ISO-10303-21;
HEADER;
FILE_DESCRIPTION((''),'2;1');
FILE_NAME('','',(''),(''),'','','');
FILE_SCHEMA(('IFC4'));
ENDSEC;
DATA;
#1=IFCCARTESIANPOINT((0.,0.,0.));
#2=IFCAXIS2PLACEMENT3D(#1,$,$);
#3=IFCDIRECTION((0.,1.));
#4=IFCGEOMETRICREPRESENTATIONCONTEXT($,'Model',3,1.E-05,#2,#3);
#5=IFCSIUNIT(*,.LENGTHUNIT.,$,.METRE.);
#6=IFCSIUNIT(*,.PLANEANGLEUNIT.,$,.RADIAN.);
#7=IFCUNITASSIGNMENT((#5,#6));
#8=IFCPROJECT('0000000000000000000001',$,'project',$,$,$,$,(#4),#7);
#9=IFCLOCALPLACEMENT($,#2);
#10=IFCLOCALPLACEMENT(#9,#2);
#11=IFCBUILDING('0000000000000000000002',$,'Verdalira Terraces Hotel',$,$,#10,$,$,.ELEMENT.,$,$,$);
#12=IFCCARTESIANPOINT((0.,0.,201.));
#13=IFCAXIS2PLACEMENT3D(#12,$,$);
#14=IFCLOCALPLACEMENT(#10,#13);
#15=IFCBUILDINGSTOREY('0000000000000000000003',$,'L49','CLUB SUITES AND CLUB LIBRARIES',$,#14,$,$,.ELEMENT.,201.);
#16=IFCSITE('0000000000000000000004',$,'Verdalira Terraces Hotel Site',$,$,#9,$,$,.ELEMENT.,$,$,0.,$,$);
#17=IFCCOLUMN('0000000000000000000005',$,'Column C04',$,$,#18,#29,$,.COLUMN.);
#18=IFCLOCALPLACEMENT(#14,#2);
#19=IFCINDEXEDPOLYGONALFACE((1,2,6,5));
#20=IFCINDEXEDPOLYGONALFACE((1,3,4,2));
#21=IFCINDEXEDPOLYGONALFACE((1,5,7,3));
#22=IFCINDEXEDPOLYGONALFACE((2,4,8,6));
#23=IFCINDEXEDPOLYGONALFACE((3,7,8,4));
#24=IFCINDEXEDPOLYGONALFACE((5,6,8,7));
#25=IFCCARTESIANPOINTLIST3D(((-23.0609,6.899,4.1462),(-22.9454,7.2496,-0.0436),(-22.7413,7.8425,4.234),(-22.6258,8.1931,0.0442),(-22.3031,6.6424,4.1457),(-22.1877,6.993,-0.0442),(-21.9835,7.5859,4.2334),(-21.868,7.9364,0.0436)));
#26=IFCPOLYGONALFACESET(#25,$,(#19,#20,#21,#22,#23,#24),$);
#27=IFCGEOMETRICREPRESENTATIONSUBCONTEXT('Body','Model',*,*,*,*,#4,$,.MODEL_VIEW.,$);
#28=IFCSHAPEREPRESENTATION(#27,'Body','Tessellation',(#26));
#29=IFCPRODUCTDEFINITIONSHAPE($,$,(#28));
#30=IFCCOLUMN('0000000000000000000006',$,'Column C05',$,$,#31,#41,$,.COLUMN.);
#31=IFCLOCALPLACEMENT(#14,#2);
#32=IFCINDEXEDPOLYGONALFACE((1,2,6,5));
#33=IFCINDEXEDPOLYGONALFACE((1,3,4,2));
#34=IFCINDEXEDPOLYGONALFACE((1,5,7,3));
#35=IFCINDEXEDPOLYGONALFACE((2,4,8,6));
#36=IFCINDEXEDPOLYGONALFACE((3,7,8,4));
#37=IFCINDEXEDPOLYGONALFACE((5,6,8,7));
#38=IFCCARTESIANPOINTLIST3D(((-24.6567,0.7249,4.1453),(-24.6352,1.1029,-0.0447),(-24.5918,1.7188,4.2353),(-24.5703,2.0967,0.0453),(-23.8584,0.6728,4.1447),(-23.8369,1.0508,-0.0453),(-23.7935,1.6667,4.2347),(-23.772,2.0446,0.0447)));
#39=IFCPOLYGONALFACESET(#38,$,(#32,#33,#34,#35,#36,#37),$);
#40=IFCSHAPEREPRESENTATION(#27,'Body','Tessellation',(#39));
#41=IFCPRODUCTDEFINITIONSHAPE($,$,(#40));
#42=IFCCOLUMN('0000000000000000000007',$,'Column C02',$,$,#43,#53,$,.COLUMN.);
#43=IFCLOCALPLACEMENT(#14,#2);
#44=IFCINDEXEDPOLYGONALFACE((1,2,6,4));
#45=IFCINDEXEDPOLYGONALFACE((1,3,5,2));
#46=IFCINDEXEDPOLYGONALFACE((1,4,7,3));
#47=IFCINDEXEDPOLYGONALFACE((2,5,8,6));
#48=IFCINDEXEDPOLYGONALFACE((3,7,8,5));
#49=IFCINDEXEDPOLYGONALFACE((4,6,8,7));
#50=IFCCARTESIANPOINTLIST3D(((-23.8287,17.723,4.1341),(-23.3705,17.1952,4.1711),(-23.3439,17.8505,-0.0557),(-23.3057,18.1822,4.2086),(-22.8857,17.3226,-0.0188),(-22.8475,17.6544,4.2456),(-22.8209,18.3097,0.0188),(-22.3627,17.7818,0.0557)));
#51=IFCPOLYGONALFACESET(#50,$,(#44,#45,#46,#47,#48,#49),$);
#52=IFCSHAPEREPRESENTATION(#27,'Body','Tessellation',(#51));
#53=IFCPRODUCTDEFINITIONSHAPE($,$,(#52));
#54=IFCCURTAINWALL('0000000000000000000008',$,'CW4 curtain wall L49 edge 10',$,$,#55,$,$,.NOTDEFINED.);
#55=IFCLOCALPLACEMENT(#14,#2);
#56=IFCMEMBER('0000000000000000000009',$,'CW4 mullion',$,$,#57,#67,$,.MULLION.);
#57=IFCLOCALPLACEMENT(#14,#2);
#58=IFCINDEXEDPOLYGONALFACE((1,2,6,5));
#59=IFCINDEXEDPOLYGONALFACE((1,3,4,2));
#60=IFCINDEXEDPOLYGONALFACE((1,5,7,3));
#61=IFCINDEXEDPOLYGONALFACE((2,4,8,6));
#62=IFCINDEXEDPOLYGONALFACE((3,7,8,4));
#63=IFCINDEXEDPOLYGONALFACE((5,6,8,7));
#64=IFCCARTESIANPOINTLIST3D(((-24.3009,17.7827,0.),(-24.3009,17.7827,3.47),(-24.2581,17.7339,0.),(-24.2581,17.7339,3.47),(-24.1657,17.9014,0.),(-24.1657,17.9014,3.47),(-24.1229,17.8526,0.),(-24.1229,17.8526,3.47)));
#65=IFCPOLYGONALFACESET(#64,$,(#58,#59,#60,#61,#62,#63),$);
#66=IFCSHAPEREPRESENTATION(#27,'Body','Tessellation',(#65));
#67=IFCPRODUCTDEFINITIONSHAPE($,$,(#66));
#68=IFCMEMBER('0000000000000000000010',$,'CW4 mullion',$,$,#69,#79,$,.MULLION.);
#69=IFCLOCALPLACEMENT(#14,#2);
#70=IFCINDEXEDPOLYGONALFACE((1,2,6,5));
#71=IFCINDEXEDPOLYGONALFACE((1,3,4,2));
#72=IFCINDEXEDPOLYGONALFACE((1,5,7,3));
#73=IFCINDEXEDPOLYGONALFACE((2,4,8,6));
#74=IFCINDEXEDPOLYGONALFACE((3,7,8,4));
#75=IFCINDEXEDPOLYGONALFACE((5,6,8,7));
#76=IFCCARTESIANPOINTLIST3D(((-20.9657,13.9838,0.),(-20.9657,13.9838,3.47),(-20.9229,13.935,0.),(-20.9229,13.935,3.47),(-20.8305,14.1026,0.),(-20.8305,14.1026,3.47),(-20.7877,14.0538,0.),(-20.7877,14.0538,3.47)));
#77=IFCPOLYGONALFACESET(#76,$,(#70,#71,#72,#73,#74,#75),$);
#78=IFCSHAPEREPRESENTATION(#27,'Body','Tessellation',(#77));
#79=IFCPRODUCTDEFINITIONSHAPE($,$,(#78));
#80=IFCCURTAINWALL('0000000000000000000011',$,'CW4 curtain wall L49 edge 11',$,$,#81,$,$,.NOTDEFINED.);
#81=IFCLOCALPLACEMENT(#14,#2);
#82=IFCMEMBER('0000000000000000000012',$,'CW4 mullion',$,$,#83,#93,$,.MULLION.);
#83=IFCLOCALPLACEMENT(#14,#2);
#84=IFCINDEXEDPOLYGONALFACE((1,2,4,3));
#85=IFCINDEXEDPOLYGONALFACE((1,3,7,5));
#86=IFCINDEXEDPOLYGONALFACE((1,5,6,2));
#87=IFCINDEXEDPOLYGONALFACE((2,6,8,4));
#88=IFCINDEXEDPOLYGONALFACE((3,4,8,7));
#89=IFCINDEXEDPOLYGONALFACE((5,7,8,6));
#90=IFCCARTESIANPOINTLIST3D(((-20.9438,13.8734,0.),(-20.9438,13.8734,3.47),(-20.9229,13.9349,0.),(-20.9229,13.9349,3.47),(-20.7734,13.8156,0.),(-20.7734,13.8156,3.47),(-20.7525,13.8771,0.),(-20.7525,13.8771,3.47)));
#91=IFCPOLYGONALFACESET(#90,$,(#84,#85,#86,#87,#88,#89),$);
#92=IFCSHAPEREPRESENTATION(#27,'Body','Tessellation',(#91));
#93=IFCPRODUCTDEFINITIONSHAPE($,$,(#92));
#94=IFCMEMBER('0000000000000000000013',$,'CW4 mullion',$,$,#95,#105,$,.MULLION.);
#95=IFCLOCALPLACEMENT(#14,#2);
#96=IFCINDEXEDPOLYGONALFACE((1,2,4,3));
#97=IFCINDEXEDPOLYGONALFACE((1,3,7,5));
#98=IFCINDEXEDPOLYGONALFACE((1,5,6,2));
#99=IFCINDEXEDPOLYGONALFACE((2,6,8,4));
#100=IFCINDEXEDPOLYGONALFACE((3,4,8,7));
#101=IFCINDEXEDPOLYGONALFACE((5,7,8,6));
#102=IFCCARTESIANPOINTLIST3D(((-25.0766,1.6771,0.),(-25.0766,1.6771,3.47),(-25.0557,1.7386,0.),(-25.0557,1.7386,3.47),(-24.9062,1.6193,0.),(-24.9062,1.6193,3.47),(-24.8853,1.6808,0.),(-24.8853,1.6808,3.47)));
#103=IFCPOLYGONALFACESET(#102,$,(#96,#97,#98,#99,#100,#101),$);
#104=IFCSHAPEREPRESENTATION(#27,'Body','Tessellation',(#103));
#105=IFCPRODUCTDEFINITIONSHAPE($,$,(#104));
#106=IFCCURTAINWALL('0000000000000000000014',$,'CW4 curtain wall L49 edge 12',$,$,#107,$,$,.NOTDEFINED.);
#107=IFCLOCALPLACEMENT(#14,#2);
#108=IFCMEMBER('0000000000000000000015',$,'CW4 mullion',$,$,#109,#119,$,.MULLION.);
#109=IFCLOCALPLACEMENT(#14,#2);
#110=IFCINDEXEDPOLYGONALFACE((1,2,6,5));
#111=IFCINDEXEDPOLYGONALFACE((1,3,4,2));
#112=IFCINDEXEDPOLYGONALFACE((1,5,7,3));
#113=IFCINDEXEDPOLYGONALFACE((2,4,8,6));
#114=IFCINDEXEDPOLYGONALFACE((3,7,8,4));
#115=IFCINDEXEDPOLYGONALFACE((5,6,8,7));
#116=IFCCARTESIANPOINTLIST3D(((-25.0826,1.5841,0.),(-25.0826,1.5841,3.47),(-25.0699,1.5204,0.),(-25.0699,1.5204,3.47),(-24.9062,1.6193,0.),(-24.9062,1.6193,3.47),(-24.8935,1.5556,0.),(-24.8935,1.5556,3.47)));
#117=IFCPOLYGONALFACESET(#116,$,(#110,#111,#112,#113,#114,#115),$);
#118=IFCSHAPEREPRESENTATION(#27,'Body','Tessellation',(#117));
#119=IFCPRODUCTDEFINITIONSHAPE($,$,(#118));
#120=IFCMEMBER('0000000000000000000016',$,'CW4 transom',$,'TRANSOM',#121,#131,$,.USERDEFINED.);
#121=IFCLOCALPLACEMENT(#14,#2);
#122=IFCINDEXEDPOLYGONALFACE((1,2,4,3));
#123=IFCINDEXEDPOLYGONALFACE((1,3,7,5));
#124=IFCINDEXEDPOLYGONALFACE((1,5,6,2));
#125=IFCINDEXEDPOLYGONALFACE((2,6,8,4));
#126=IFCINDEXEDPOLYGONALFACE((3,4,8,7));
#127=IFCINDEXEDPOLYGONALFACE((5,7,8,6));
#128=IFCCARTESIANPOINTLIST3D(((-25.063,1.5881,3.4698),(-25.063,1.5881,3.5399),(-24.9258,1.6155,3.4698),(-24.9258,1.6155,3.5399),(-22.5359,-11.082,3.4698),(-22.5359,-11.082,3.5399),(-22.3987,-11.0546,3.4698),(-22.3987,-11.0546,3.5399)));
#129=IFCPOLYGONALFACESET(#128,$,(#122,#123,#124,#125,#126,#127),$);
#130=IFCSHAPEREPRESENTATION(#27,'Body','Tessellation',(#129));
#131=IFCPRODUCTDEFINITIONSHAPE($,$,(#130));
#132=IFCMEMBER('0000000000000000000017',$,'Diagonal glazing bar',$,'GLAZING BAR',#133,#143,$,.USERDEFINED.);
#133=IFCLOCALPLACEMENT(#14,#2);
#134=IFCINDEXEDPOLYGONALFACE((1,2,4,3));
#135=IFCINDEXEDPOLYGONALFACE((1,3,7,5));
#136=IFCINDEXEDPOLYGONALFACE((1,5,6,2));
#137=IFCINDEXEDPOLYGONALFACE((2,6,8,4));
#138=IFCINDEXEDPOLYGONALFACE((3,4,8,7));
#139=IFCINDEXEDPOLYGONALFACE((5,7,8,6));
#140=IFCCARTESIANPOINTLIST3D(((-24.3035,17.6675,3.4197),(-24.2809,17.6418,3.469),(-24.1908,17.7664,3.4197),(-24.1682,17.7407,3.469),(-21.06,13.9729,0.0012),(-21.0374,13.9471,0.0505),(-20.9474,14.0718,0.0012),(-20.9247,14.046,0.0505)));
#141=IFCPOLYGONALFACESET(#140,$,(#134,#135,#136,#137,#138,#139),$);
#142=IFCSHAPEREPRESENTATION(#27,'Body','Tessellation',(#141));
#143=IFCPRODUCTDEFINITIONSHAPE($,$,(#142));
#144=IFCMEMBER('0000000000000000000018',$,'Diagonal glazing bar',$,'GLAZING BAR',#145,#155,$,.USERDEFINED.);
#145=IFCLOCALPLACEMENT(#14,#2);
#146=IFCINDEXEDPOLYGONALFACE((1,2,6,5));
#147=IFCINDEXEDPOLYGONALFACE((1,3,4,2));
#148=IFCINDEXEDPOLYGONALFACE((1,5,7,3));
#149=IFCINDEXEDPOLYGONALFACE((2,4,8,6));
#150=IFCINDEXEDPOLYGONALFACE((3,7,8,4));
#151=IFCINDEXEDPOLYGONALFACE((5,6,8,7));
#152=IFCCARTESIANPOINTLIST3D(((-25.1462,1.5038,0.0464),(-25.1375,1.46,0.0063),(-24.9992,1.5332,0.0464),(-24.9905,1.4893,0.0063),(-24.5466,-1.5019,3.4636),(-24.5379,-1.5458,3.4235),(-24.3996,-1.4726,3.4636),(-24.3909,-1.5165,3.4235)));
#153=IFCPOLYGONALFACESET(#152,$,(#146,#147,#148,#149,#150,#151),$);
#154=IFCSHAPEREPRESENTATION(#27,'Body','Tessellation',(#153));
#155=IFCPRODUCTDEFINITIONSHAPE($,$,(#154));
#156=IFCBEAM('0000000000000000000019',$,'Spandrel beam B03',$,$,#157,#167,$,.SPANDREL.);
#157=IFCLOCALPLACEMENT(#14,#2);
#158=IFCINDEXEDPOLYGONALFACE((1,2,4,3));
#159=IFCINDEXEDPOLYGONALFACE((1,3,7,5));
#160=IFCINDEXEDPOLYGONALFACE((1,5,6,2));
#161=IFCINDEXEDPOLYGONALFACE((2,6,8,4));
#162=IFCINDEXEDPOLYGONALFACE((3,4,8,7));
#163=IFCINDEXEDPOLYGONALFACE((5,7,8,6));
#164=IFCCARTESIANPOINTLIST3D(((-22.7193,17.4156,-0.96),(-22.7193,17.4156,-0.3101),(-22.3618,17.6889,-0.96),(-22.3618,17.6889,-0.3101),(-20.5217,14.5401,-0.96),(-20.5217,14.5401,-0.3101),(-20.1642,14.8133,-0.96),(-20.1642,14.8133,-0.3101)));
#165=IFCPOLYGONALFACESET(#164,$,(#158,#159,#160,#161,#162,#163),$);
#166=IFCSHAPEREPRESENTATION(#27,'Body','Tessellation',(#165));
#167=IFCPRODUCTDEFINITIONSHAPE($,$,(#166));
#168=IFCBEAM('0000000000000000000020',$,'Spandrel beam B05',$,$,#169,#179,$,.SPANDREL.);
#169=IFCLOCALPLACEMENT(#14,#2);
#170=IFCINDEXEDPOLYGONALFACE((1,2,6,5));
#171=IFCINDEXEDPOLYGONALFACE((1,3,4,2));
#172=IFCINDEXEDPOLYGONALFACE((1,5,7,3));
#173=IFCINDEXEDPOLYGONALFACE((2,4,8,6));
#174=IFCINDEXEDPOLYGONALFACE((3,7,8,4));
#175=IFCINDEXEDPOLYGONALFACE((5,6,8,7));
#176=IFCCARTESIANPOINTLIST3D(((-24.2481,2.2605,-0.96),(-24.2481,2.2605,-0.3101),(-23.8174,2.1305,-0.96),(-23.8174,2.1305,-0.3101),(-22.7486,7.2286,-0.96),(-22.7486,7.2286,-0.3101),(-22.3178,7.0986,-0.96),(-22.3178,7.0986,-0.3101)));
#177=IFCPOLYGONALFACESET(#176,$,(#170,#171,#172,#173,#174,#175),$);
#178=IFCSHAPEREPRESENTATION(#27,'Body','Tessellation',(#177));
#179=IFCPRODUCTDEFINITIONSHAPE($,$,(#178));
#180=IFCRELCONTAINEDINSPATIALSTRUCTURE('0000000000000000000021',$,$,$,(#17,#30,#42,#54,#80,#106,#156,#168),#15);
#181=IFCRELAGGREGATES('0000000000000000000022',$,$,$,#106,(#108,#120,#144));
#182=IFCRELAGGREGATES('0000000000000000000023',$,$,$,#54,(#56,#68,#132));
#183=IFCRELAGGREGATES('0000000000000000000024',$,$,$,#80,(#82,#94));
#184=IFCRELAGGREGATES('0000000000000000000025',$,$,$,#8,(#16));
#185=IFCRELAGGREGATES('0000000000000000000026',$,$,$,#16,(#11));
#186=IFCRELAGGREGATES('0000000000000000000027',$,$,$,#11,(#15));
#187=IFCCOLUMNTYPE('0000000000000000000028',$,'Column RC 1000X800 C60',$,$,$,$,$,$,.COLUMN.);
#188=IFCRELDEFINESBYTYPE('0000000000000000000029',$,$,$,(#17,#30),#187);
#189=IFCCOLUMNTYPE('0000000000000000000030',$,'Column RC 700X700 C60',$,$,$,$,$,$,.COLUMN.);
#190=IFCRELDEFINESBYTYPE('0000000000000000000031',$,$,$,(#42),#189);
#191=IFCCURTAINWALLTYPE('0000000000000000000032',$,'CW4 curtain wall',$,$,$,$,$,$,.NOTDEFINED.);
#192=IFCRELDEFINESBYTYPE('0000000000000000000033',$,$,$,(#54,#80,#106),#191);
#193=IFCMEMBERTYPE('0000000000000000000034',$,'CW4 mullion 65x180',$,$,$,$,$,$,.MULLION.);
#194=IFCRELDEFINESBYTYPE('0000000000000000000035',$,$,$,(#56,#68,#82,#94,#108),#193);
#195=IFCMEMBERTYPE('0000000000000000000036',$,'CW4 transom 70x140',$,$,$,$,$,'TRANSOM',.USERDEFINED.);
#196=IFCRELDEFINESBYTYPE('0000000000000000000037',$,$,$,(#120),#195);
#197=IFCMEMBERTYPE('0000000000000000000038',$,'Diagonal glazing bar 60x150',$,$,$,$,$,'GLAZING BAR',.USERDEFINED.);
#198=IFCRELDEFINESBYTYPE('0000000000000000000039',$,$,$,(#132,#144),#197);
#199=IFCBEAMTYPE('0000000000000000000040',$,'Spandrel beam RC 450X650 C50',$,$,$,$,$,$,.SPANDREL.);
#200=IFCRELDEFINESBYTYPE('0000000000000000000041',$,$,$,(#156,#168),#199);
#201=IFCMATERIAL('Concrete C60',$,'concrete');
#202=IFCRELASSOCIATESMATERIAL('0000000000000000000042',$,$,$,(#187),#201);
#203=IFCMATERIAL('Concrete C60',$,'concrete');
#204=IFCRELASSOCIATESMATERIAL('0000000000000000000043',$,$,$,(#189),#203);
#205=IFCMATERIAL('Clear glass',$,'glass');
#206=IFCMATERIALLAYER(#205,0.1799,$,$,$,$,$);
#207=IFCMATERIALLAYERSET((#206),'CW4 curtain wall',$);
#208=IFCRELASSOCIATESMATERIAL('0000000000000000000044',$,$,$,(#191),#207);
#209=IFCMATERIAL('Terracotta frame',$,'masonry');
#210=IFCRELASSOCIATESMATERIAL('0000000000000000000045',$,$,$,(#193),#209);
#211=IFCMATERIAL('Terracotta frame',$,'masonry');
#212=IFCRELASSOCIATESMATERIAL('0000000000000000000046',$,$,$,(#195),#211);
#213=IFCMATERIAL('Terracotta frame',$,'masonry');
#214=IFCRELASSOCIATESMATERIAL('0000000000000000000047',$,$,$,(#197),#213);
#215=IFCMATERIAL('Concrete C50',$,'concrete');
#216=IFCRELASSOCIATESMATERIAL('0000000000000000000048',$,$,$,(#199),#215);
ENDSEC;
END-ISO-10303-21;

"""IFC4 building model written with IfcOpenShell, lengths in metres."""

from ifc_helpers import new_model, si_unit, direction, frame, origin, origin_2d, place, context, subcontext, project, spatial, rectangle, extrude, material, layer, layer_set, material_profile, profile_set, type_object, element, aggregate, save


model = new_model("IFC4")

# Units and contexts
model_context = context("Model", 3, precision=1e-05, world=origin(), true_north=direction((0.0, 1.0)))
body_context = subcontext(model_context, "Body", "Model", "MODEL_VIEW")
ifc_project = project(units=[si_unit("LENGTHUNIT", "METRE"), si_unit("PLANEANGLEUNIT", "RADIAN")], contexts=[model_context])

# Site, building, storey
site_placement = place(None, origin())
site = spatial("IfcSite", under=ifc_project, at=site_placement, Name="Verdalira Terraces Hotel Site", CompositionType="ELEMENT", RefElevation=0.0)
building_placement = place(site_placement, origin())
building = spatial("IfcBuilding", under=site, at=building_placement, Name="Verdalira Terraces Hotel", CompositionType="ELEMENT")
storey_placement = place(building_placement, frame((0.0, 0.0, 201.0)))
storey = spatial("IfcBuildingStorey", under=building, at=storey_placement, Name="L49", Description="CLUB SUITES AND CLUB LIBRARIES", CompositionType="ELEMENT", Elevation=201.0)

# Columns
ifc_material_1 = material(Name="Concrete C60", Category="concrete")
ifc_material_profile_1 = material_profile(ifc_material_1, rectangle(XDim=1.0, YDim=0.8, at=origin_2d()), Name="RC 1000X800")
ifc_profile_set_1 = profile_set([ifc_material_profile_1], Name="Concrete C60")
column_type_1 = type_object("IfcColumnType", Name="Column RC 1000X800 C60", PredefinedType="COLUMN", material=ifc_profile_set_1)
column_1_placement = place(storey_placement, frame((-22.4067, 7.593, 0.0), z_axis=(-0.027455, -0.08335, 0.996142), x_axis=(-0.319623, -0.943473, -0.087752)))
element("IfcColumn", 1, at=column_1_placement, inside=storey, type_object=column_type_1, Name="Column C04", PredefinedType="COLUMN", context=body_context, shape_type="SweptSolid", body=[
    extrude(rectangle(XDim=1.0, YDim=0.8, at=origin_2d()), origin(), (0.0, 0.0, 1.0), 4.2061),
])
column_2_placement = place(storey_placement, frame((-24.2036, 1.5737, 0.0), z_axis=(-0.005107, -0.089833, 0.995944), x_axis=(0.064923, 0.993826, 0.089975)))
element("IfcColumn", 2, at=column_2_placement, inside=storey, type_object=column_type_1, Name="Column C05", PredefinedType="COLUMN", context=body_context, shape_type="SweptSolid", body=[
    extrude(rectangle(XDim=1.0, YDim=0.8, at=origin_2d()), origin(), (0.0, 0.0, 1.0), 4.207),
])
ifc_material_2 = material(Name="Concrete C60", Category="concrete")
ifc_material_profile_2 = material_profile(ifc_material_2, rectangle(XDim=0.7, YDim=0.7, at=origin_2d()), Name="RC 700X700")
ifc_profile_set_2 = profile_set([ifc_material_profile_2], Name="Concrete C60")
column_type_2 = type_object("IfcColumnType", Name="Column RC 700X700 C60", PredefinedType="COLUMN", material=ifc_profile_set_2)
column_3_placement = place(storey_placement, frame((-22.8533, 17.8162, 0.0), z_axis=(-0.114901, -0.030201, 0.992918), x_axis=(0.654618, -0.754112, 0.052816)))
element("IfcColumn", 3, at=column_3_placement, inside=storey, type_object=column_type_2, Name="Column C02", PredefinedType="COLUMN", context=body_context, shape_type="SweptSolid", body=[
    extrude(rectangle(XDim=0.7, YDim=0.7, at=origin_2d()), origin(), (0.0, 0.0, 1.0), 4.2197),
])

# Curtain walls, members
ifc_material_3 = material(Name="Clear glass", Category="glass")
ifc_layer_1 = layer(ifc_material_3, 0.1799)
ifc_layer_set_1 = layer_set([ifc_layer_1], Name="CW4 curtain wall")
curtain_wall_type = type_object("IfcCurtainWallType", Name="CW4 curtain wall", PredefinedType="NOTDEFINED", material=ifc_layer_set_1)
curtain_wall_1_placement = place(storey_placement, origin())
curtain_wall_1 = element("IfcCurtainWall", 4, at=curtain_wall_1_placement, inside=storey, type_object=curtain_wall_type, Name="CW4 curtain wall L49 edge 10", PredefinedType="NOTDEFINED")
ifc_material_4 = material(Name="Terracotta frame", Category="masonry")
ifc_material_profile_3 = material_profile(ifc_material_4, rectangle(XDim=0.0649, YDim=0.1799, at=origin_2d()), Name="MU 65x180")
ifc_profile_set_3 = profile_set([ifc_material_profile_3], Name="Terracotta frame")
member_type_1 = type_object("IfcMemberType", Name="CW4 mullion 65x180", PredefinedType="MULLION", material=ifc_profile_set_3)
member_1_placement = place(storey_placement, frame((-24.2119, 17.8176, 0.0), z_axis=(0.0, 0.0, 1.0), x_axis=(0.659739, -0.751494, 0.0)))
member_1 = element("IfcMember", 5, at=member_1_placement, type_object=member_type_1, Name="CW4 mullion", PredefinedType="MULLION", context=body_context, shape_type="SweptSolid", body=[
    extrude(rectangle(XDim=0.0649, YDim=0.1799, at=origin_2d()), origin(), (0.0, 0.0, 1.0), 3.47),
])
member_2_placement = place(storey_placement, frame((-20.8767, 14.0188, 0.0), z_axis=(0.0, 0.0, 1.0), x_axis=(0.659739, -0.751494, 0.0)))
member_2 = element("IfcMember", 6, at=member_2_placement, type_object=member_type_1, Name="CW4 mullion", PredefinedType="MULLION", context=body_context, shape_type="SweptSolid", body=[
    extrude(rectangle(XDim=0.0649, YDim=0.1799, at=origin_2d()), origin(), (0.0, 0.0, 1.0), 3.47),
])
curtain_wall_2_placement = place(storey_placement, origin())
curtain_wall_2 = element("IfcCurtainWall", 7, at=curtain_wall_2_placement, inside=storey, type_object=curtain_wall_type, Name="CW4 curtain wall L49 edge 11", PredefinedType="NOTDEFINED")
member_3_placement = place(storey_placement, frame((-20.8481, 13.8752, 0.0), z_axis=(0.0, 0.0, 1.0), x_axis=(-0.320944, -0.947098, 0.0)))
member_3 = element("IfcMember", 8, at=member_3_placement, type_object=member_type_1, Name="CW4 mullion", PredefinedType="MULLION", context=body_context, shape_type="SweptSolid", body=[
    extrude(rectangle(XDim=0.0649, YDim=0.1799, at=origin_2d()), origin(), (0.0, 0.0, 1.0), 3.47),
])
member_4_placement = place(storey_placement, frame((-24.981, 1.679, 0.0), z_axis=(0.0, 0.0, 1.0), x_axis=(-0.320944, -0.947098, 0.0)))
member_4 = element("IfcMember", 9, at=member_4_placement, type_object=member_type_1, Name="CW4 mullion", PredefinedType="MULLION", context=body_context, shape_type="SweptSolid", body=[
    extrude(rectangle(XDim=0.0649, YDim=0.1799, at=origin_2d()), origin(), (0.0, 0.0, 1.0), 3.47),
])
curtain_wall_3_placement = place(storey_placement, origin())
curtain_wall_3 = element("IfcCurtainWall", 10, at=curtain_wall_3_placement, inside=storey, type_object=curtain_wall_type, Name="CW4 curtain wall L49 edge 12", PredefinedType="NOTDEFINED")
member_5_placement = place(storey_placement, frame((-24.988, 1.5698, 0.0), z_axis=(0.0, 0.0, 1.0), x_axis=(0.195604, -0.980683, 0.0)))
member_5 = element("IfcMember", 11, at=member_5_placement, type_object=member_type_1, Name="CW4 mullion", PredefinedType="MULLION", context=body_context, shape_type="SweptSolid", body=[
    extrude(rectangle(XDim=0.0649, YDim=0.1799, at=origin_2d()), origin(), (0.0, 0.0, 1.0), 3.47),
])
ifc_material_5 = material(Name="Terracotta frame", Category="masonry")
ifc_material_profile_4 = material_profile(ifc_material_5, rectangle(XDim=0.1399, YDim=0.0701, at=origin_2d()), Name="TR 70x140")
ifc_profile_set_4 = profile_set([ifc_material_profile_4], Name="Terracotta frame")
member_type_2 = type_object("IfcMemberType", Name="CW4 transom 70x140", ElementType="TRANSOM", PredefinedType="USERDEFINED", material=ifc_profile_set_4)
member_6_placement = place(storey_placement, frame((-24.9944, 1.6018, 3.5049), z_axis=(0.1956, -0.980684, 0.0), x_axis=(0.980684, 0.1956, 0.0)))
member_6 = element("IfcMember", 12, at=member_6_placement, type_object=member_type_2, Name="CW4 transom", ObjectType="TRANSOM", PredefinedType="USERDEFINED", context=body_context, shape_type="SweptSolid", body=[
    extrude(rectangle(XDim=0.1399, YDim=0.0701, at=origin_2d()), origin(), (0.0, 0.0, 1.0), 12.9197),
])

# Members
ifc_material_6 = material(Name="Terracotta frame", Category="masonry")
ifc_material_profile_5 = material_profile(ifc_material_6, rectangle(XDim=0.1499, YDim=0.0601, at=origin_2d()), Name="GB 60x150")
ifc_profile_set_5 = profile_set([ifc_material_profile_5], Name="Terracotta frame")
member_type_3 = type_object("IfcMemberType", Name="Diagonal glazing bar 60x150", ElementType="GLAZING BAR", PredefinedType="USERDEFINED", material=ifc_profile_set_5)
member_7_placement = place(storey_placement, frame((-24.2358, 17.7041, 3.4443), z_axis=(0.541656, -0.617003, -0.57089), x_axis=(0.751502, 0.659731, 0.0)))
member_7 = element("IfcMember", 13, at=member_7_placement, type_object=member_type_3, Name="Diagonal glazing bar", ObjectType="GLAZING BAR", PredefinedType="USERDEFINED", context=body_context, shape_type="SweptSolid", body=[
    extrude(rectangle(XDim=0.1499, YDim=0.0601, at=origin_2d()), origin(), (0.0, 0.0, 1.0), 5.988),
])
member_8_placement = place(storey_placement, frame((-25.0684, 1.4966, 0.0264), z_axis=(0.130621, -0.654807, 0.744423), x_axis=(0.980679, 0.195626, 0.0)))
member_8 = element("IfcMember", 14, at=member_8_placement, type_object=member_type_3, Name="Diagonal glazing bar", ObjectType="GLAZING BAR", PredefinedType="USERDEFINED", context=body_context, shape_type="SweptSolid", body=[
    extrude(rectangle(XDim=0.1499, YDim=0.0601, at=origin_2d()), origin(), (0.0, 0.0, 1.0), 4.5903),
])
aggregate(curtain_wall_3, [member_5, member_6, member_8])

# Beams
ifc_material_7 = material(Name="Concrete C50", Category="concrete")
ifc_material_profile_6 = material_profile(ifc_material_7, rectangle(XDim=0.45, YDim=0.6499, at=origin_2d()), Name="RC 450X650")
ifc_profile_set_6 = profile_set([ifc_material_profile_6], Name="Concrete C50")
beam_type = type_object("IfcBeamType", Name="Spandrel beam RC 450X650 C50", PredefinedType="SPANDREL", material=ifc_profile_set_6)
beam_1_placement = place(storey_placement, frame((-22.5405, 17.5522, -0.635), z_axis=(0.607207, -0.794544, 0.0), x_axis=(0.794544, 0.607207, 0.0)))
element("IfcBeam", 15, at=beam_1_placement, inside=storey, type_object=beam_type, Name="Spandrel beam B03", PredefinedType="SPANDREL", context=body_context, shape_type="SweptSolid", body=[
    extrude(rectangle(XDim=0.45, YDim=0.6499, at=origin_2d()), origin(), (0.0, 0.0, 1.0), 3.6191),
])
beam_2_placement = place(storey_placement, frame((-22.5332, 7.1636, -0.635), z_axis=(-0.288957, -0.957342, 0.0), x_axis=(0.957342, -0.288957, 0.0)))
element("IfcBeam", 16, at=beam_2_placement, inside=storey, type_object=beam_type, Name="Spandrel beam B05", PredefinedType="SPANDREL", context=body_context, shape_type="SweptSolid", body=[
    extrude(rectangle(XDim=0.45, YDim=0.6499, at=origin_2d()), origin(), (0.0, 0.0, 1.0), 5.1895),
])

aggregate(curtain_wall_1, [member_1, member_2, member_7])
aggregate(curtain_wall_2, [member_3, member_4])

save(model, "model.ifc")
